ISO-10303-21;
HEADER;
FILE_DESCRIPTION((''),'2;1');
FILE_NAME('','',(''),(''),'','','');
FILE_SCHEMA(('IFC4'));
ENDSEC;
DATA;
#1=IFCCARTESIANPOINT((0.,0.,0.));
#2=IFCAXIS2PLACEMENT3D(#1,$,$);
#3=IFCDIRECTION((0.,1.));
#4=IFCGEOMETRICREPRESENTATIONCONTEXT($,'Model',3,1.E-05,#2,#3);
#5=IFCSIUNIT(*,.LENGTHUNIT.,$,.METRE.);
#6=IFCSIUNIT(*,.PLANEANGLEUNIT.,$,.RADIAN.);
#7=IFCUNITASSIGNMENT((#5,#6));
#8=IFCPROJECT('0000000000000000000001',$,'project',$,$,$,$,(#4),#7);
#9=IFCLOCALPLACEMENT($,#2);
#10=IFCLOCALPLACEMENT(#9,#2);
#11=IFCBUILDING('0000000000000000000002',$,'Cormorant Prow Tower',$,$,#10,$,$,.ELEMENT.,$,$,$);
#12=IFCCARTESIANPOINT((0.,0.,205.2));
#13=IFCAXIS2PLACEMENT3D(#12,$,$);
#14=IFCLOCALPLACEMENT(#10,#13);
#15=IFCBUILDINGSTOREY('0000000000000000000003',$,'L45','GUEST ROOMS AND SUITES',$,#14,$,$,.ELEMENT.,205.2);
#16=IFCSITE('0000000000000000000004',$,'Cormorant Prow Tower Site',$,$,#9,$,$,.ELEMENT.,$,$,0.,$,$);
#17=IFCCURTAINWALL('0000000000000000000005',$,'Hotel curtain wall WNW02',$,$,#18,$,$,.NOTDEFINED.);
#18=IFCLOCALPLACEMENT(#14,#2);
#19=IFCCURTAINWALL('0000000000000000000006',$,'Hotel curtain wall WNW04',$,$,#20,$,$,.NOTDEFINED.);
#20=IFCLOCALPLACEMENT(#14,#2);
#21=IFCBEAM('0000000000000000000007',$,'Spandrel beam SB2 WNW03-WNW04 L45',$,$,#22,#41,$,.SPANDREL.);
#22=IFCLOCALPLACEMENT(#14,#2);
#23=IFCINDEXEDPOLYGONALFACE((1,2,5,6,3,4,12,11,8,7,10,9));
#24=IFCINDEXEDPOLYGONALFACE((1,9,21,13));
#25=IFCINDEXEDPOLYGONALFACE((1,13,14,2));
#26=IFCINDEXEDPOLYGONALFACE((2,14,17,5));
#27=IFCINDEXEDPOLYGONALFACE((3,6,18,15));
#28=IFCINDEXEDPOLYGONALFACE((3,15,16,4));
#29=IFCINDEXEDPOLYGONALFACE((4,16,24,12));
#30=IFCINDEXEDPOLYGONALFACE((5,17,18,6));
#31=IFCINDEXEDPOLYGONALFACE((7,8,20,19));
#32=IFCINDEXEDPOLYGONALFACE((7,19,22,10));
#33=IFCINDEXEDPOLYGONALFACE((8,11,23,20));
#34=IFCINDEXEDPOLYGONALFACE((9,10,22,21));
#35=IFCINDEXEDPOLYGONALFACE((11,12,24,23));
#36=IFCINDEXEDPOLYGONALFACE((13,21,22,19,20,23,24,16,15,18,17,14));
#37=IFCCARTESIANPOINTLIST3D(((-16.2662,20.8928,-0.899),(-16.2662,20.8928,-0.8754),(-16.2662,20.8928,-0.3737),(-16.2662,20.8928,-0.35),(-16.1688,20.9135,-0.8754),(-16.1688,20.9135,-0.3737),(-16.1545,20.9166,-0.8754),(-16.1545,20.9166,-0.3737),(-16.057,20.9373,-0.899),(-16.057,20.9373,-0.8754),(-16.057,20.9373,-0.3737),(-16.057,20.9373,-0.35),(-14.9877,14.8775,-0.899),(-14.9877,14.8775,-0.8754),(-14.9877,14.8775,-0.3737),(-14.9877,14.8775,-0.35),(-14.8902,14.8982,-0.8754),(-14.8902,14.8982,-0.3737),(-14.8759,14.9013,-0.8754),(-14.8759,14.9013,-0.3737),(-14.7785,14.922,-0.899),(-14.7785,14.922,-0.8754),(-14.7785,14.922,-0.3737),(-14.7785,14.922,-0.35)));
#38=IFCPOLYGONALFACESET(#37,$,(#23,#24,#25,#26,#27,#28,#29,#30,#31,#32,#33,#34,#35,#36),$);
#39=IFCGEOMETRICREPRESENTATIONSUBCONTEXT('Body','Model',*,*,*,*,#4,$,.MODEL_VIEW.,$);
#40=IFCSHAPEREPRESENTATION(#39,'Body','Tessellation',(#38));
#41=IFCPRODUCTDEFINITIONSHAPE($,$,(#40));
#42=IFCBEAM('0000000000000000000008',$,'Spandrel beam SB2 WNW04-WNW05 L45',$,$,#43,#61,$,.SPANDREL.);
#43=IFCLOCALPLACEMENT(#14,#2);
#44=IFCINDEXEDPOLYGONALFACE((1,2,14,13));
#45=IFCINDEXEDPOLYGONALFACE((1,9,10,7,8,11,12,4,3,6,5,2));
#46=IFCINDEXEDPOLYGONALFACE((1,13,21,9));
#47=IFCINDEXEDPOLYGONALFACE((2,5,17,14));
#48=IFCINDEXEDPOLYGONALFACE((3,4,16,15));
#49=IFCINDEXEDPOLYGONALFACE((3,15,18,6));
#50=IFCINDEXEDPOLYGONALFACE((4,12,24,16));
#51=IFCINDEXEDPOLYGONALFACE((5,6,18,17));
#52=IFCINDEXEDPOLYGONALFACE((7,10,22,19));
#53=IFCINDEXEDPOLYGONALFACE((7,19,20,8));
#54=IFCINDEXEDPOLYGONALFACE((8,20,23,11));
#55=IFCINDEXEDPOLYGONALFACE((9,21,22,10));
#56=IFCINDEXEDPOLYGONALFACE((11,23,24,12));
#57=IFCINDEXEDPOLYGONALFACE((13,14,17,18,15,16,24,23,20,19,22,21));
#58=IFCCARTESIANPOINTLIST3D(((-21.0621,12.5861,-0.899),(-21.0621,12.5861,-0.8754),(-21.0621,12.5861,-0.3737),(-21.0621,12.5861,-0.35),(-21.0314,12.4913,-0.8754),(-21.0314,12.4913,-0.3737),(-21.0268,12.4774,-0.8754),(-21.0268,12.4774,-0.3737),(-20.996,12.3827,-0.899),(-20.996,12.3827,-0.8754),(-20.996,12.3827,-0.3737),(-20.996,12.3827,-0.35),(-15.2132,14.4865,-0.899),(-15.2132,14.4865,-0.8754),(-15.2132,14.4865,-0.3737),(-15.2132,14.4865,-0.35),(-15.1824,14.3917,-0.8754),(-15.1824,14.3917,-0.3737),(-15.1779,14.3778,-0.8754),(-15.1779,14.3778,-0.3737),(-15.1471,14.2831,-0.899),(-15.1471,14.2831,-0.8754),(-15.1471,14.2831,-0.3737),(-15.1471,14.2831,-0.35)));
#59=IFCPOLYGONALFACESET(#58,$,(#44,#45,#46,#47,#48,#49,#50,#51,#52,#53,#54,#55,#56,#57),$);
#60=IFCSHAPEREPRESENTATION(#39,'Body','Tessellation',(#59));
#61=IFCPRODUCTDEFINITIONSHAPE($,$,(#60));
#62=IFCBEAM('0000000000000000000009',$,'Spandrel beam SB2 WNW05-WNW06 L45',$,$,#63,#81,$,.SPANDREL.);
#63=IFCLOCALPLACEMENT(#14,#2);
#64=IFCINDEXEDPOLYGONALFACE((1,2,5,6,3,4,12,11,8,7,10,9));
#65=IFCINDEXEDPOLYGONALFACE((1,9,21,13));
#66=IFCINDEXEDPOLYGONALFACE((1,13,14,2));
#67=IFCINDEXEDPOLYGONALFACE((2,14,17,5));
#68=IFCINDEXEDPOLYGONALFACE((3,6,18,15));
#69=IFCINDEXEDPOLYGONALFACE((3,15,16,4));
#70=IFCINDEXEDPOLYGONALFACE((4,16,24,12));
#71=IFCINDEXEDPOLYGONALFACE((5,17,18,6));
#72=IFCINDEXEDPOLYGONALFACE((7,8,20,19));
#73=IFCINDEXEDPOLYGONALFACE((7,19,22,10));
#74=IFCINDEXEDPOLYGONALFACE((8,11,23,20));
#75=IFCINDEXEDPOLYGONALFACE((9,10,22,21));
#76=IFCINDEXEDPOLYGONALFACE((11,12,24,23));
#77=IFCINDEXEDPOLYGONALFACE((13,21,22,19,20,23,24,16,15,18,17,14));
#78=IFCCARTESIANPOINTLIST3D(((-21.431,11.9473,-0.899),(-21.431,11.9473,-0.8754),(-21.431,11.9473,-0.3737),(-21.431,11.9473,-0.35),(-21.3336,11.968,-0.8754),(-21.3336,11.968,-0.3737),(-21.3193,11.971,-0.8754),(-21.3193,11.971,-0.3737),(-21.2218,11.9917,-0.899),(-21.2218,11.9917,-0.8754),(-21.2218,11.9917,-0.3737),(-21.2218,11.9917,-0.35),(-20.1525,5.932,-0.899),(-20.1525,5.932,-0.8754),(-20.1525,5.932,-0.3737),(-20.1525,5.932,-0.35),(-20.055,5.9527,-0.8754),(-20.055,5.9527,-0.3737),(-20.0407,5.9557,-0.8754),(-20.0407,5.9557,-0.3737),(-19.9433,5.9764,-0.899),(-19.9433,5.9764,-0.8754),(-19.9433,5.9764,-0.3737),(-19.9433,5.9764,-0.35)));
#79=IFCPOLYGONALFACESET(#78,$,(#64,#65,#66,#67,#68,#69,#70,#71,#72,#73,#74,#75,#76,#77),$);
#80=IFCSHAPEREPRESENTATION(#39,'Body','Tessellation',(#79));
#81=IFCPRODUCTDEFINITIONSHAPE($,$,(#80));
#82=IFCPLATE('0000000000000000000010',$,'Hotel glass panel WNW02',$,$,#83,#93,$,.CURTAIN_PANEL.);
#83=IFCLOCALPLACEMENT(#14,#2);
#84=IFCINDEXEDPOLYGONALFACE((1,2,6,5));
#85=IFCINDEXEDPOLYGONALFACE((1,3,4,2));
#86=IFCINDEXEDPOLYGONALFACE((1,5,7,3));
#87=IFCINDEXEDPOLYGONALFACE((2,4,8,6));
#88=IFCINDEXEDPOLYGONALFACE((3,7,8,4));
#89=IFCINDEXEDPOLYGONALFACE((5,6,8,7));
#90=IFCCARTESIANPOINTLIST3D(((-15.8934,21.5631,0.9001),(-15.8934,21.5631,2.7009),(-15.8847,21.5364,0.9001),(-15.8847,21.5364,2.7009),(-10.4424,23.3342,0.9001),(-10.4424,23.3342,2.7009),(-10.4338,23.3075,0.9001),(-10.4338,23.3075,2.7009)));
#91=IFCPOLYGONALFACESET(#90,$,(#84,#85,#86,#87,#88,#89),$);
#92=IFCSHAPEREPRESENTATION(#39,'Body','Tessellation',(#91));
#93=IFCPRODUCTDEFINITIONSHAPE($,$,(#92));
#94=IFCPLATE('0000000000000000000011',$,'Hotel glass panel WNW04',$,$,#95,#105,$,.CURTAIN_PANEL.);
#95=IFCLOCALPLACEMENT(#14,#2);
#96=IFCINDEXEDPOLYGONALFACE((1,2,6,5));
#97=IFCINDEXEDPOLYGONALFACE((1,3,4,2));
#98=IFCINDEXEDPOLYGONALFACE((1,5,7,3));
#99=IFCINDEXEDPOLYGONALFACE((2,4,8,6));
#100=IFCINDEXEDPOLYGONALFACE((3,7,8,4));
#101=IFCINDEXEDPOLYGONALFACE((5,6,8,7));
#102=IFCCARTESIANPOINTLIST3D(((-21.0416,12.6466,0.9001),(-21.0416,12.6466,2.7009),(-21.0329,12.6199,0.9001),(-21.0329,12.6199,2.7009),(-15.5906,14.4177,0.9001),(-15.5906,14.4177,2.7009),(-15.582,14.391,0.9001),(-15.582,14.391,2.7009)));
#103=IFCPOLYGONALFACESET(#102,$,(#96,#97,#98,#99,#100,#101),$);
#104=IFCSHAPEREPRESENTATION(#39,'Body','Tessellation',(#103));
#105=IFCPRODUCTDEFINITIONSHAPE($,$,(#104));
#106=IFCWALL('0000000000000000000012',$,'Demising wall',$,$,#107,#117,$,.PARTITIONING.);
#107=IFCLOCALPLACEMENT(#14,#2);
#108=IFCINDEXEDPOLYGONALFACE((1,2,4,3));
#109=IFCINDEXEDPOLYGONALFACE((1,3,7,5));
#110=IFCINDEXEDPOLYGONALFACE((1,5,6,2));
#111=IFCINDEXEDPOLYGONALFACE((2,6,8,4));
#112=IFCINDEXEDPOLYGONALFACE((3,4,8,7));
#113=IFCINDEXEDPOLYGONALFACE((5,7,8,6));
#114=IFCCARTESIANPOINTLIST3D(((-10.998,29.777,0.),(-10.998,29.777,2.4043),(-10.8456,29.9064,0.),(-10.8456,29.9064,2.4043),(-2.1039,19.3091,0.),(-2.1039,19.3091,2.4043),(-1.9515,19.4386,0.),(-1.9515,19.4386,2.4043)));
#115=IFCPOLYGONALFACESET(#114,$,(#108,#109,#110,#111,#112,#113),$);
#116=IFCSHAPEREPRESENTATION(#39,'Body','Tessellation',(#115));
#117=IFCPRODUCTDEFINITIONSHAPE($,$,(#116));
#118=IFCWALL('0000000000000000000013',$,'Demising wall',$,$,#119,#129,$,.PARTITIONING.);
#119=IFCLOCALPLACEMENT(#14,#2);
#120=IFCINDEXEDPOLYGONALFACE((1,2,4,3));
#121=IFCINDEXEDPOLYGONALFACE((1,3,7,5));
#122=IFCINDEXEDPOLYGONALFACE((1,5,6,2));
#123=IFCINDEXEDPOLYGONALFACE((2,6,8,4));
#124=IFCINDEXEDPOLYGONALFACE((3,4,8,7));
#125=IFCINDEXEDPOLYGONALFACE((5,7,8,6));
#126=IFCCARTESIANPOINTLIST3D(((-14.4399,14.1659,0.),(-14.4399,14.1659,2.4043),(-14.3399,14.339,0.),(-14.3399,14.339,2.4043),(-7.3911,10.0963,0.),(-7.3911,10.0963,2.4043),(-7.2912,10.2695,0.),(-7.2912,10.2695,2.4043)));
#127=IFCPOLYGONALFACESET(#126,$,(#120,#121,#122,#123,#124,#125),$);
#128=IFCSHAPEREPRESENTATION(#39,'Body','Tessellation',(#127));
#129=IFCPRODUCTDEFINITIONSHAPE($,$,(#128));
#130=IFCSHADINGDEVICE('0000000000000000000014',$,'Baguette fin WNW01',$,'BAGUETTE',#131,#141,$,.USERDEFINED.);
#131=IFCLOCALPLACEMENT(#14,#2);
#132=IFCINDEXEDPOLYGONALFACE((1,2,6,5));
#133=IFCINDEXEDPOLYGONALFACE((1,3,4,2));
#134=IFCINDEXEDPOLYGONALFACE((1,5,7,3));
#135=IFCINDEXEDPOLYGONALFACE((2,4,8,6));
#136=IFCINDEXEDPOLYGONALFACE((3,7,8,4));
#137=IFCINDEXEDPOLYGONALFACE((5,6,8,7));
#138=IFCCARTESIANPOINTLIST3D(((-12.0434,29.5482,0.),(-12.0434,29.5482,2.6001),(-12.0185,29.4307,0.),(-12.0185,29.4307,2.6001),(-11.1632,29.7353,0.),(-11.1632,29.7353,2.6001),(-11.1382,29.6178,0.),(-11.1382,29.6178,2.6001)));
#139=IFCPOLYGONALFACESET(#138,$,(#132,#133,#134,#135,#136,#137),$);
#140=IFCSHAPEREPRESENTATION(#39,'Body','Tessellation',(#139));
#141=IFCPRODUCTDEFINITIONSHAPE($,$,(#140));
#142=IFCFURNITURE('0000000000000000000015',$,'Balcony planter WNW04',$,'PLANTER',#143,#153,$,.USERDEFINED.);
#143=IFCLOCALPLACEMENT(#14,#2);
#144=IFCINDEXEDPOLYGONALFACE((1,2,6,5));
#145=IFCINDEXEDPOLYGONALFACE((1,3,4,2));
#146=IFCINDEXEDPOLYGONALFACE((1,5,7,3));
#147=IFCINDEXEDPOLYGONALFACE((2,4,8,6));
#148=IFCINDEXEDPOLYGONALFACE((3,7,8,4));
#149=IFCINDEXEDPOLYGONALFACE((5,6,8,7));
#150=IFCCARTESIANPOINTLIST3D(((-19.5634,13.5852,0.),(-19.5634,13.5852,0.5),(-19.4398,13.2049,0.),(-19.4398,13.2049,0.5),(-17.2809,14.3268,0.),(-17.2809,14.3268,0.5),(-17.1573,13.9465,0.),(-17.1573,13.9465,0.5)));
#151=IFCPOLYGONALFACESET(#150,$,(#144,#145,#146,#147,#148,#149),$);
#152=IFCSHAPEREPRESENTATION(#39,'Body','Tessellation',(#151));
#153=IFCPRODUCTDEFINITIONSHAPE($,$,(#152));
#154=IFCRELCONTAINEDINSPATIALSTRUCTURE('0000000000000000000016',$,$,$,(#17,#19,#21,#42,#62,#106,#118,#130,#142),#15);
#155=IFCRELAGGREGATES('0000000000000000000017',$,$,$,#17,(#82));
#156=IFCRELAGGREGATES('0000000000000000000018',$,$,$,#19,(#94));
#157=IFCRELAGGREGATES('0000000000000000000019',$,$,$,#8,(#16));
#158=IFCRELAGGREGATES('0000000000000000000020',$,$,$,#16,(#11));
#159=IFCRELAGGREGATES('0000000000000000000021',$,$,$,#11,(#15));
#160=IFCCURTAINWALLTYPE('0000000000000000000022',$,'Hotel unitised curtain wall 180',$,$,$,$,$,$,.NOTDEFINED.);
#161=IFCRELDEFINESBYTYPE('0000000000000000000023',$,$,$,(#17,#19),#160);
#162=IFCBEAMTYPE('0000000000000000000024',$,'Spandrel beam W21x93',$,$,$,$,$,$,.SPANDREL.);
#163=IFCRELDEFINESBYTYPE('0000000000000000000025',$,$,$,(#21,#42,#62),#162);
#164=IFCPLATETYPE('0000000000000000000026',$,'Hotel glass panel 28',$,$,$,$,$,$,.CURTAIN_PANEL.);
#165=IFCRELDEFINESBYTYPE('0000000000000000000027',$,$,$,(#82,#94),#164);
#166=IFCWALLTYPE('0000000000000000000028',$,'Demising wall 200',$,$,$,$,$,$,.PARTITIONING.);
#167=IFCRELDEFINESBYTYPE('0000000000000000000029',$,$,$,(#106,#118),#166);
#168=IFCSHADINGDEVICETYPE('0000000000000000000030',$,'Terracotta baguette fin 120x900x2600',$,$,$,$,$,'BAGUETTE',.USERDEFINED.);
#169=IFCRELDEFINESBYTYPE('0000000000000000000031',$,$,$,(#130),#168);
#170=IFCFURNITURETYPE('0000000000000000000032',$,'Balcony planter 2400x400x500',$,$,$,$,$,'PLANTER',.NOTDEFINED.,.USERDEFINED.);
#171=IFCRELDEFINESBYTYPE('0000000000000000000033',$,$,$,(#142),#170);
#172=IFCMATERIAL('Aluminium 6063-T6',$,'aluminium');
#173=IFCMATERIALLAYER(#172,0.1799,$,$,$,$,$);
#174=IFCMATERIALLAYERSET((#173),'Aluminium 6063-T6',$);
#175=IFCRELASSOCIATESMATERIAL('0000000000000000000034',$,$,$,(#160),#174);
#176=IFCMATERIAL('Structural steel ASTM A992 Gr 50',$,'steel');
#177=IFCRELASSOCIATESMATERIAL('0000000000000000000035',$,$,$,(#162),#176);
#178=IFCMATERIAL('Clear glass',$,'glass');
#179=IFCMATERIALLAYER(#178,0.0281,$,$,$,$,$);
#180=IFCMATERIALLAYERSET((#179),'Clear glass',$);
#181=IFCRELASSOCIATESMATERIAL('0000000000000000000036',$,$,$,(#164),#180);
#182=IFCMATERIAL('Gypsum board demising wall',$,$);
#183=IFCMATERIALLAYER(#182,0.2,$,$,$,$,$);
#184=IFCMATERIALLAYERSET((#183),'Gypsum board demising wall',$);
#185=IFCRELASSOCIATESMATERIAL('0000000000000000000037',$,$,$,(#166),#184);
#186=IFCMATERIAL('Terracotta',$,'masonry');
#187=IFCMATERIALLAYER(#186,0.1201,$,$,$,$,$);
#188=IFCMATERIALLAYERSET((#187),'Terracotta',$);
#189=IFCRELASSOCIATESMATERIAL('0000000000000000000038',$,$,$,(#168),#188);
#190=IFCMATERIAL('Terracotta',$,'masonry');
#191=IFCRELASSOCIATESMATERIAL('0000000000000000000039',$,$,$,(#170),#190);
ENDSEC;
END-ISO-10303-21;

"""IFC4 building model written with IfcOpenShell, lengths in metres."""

from ifc_helpers import new_model, si_unit, direction, frame, frame_2d, origin, origin_2d, place, context, subcontext, project, spatial, rectangle, i_section, extrude, material, layer, layer_set, material_profile, profile_set, type_object, element, aggregate, save


model = new_model("IFC4")

# Units and contexts
model_context = context("Model", 3, precision=1e-05, world=origin(), true_north=direction((0.0, 1.0)))
body_context = subcontext(model_context, "Body", "Model", "MODEL_VIEW")
ifc_project = project(units=[si_unit("LENGTHUNIT", "METRE"), si_unit("PLANEANGLEUNIT", "RADIAN")], contexts=[model_context])

# Site, building, storey
site_placement = place(None, origin())
site = spatial("IfcSite", under=ifc_project, at=site_placement, Name="Cormorant Prow Tower Site", CompositionType="ELEMENT", RefElevation=0.0)
building_placement = place(site_placement, origin())
building = spatial("IfcBuilding", under=site, at=building_placement, Name="Cormorant Prow Tower", CompositionType="ELEMENT")
storey_placement = place(building_placement, frame((0.0, 0.0, 205.2)))
storey = spatial("IfcBuildingStorey", under=building, at=storey_placement, Name="L45", Description="GUEST ROOMS AND SUITES", CompositionType="ELEMENT", Elevation=205.2)

# Curtain walls
ifc_material_1 = material(Name="Aluminium 6063-T6", Category="aluminium")
ifc_layer_1 = layer(ifc_material_1, 0.1799)
ifc_layer_set_1 = layer_set([ifc_layer_1], Name="Aluminium 6063-T6")
curtain_wall_type = type_object("IfcCurtainWallType", Name="Hotel unitised curtain wall 180", PredefinedType="NOTDEFINED", material=ifc_layer_set_1)
curtain_wall_1_placement = place(storey_placement, origin())
curtain_wall_1 = element("IfcCurtainWall", 1, at=curtain_wall_1_placement, inside=storey, type_object=curtain_wall_type, Name="Hotel curtain wall WNW02", PredefinedType="NOTDEFINED")
curtain_wall_2_placement = place(storey_placement, origin())
curtain_wall_2 = element("IfcCurtainWall", 2, at=curtain_wall_2_placement, inside=storey, type_object=curtain_wall_type, Name="Hotel curtain wall WNW04", PredefinedType="NOTDEFINED")

# Beams
ifc_material_2 = material(Name="Structural steel ASTM A992 Gr 50", Category="steel")
ifc_material_profile_1 = material_profile(ifc_material_2, i_section(OverallWidth=0.2139, OverallDepth=0.5491, WebThickness=0.0146, FlangeThickness=0.0237, at=origin_2d()), Name="W21x93")
ifc_profile_set_1 = profile_set([ifc_material_profile_1], Name="Structural steel ASTM A992 Gr 50")
beam_type = type_object("IfcBeamType", Name="Spandrel beam W21x93", PredefinedType="SPANDREL", material=ifc_profile_set_1)
beam_1_placement = place(storey_placement, frame((-16.1616, 20.915, -0.6245), z_axis=(0.207905, -0.978149, 0.0), x_axis=(0.978149, 0.207905, 0.0)))
element("IfcBeam", 3, at=beam_1_placement, inside=storey, type_object=beam_type, Name="Spandrel beam SB2 WNW03-WNW04 L45", PredefinedType="SPANDREL", context=body_context, shape_type="SweptSolid", body=[
    extrude(i_section(OverallWidth=0.2139, OverallDepth=0.5491, WebThickness=0.0146, FlangeThickness=0.0237, at=origin_2d()), origin(), (0.0, 0.0, 1.0), 6.1497),
])
beam_2_placement = place(storey_placement, frame((-15.1802, 14.3848, -0.6245), z_axis=(-0.951058, -0.309013, 0.0), x_axis=(0.309013, -0.951058, 0.0)))
element("IfcBeam", 4, at=beam_2_placement, inside=storey, type_object=beam_type, Name="Spandrel beam SB2 WNW04-WNW05 L45", PredefinedType="SPANDREL", context=body_context, shape_type="SweptSolid", body=[
    extrude(i_section(OverallWidth=0.2139, OverallDepth=0.5491, WebThickness=0.0146, FlangeThickness=0.0237, at=origin_2d()), origin(), (0.0, 0.0, 1.0), 6.1499),
])
beam_3_placement = place(storey_placement, frame((-21.3264, 11.9695, -0.6245), z_axis=(0.207905, -0.978149, 0.0), x_axis=(0.978149, 0.207905, 0.0)))
element("IfcBeam", 5, at=beam_3_placement, inside=storey, type_object=beam_type, Name="Spandrel beam SB2 WNW05-WNW06 L45", PredefinedType="SPANDREL", context=body_context, shape_type="SweptSolid", body=[
    extrude(i_section(OverallWidth=0.2139, OverallDepth=0.5491, WebThickness=0.0146, FlangeThickness=0.0237, at=origin_2d()), origin(), (0.0, 0.0, 1.0), 6.1497),
])

# Plates
ifc_material_3 = material(Name="Clear glass", Category="glass")
ifc_layer_2 = layer(ifc_material_3, 0.0281)
ifc_layer_set_2 = layer_set([ifc_layer_2], Name="Clear glass")
plate_type = type_object("IfcPlateType", Name="Hotel glass panel 28", PredefinedType="CURTAIN_PANEL", material=ifc_layer_set_2)
plate_1_placement = place(storey_placement, frame((-13.1636, 22.4353, 0.9001), z_axis=(0.0, 0.0, 1.0), x_axis=(-0.951056, -0.309017, 0.0)))
plate_1 = element("IfcPlate", 6, at=plate_1_placement, type_object=plate_type, Name="Hotel glass panel WNW02", PredefinedType="CURTAIN_PANEL", context=body_context, shape_type="SweptSolid", body=[
    extrude(rectangle(XDim=5.7314, YDim=0.0281, at=origin_2d()), origin(), (0.0, 0.0, 1.0), 1.8008),
])
aggregate(curtain_wall_1, [plate_1])
plate_2_placement = place(storey_placement, frame((-18.3118, 13.5188, 0.9001), z_axis=(0.0, 0.0, 1.0), x_axis=(-0.951057, -0.309017, 0.0)))
plate_2 = element("IfcPlate", 7, at=plate_2_placement, type_object=plate_type, Name="Hotel glass panel WNW04", PredefinedType="CURTAIN_PANEL", context=body_context, shape_type="SweptSolid", body=[
    extrude(rectangle(XDim=5.7314, YDim=0.0281, at=origin_2d()), origin(), (0.0, 0.0, 1.0), 1.8008),
])
aggregate(curtain_wall_2, [plate_2])

# Walls
ifc_material_4 = material(Name="Gypsum board demising wall")
ifc_layer_3 = layer(ifc_material_4, 0.2)
ifc_layer_set_3 = layer_set([ifc_layer_3], Name="Gypsum board demising wall")
wall_type_1 = type_object("IfcWallType", Name="Demising wall 200", PredefinedType="PARTITIONING", material=ifc_layer_set_3)
wall_1_placement = place(storey_placement, frame((-10.9219, 29.8418, 0.0), z_axis=(0.0, 0.0, 1.0), x_axis=(0.647498, -0.762067, 0.0)))
element("IfcWall", 8, at=wall_1_placement, inside=storey, type_object=wall_type_1, Name="Demising wall", PredefinedType="PARTITIONING", context=body_context, shape_type="SweptSolid", body=[
    extrude(rectangle(XDim=13.7361, YDim=0.2, at=frame_2d((6.8682, 0.0))), origin(), (0.0, 0.0, 1.0), 2.4043),
])
wall_2_placement = place(storey_placement, frame((-14.3899, 14.2524, 0.0), z_axis=(0.0, 0.0, 1.0), x_axis=(0.866029, -0.499994, 0.0)))
element("IfcWall", 9, at=wall_2_placement, inside=storey, type_object=wall_type_1, Name="Demising wall", PredefinedType="PARTITIONING", context=body_context, shape_type="SweptSolid", body=[
    extrude(rectangle(XDim=8.1392, YDim=0.2, at=frame_2d((4.0696, 0.0))), origin(), (0.0, 0.0, 1.0), 2.4043),
])

# Shading device
ifc_material_5 = material(Name="Terracotta", Category="masonry")
ifc_layer_4 = layer(ifc_material_5, 0.1201)
ifc_layer_set_4 = layer_set([ifc_layer_4], Name="Terracotta")
shading_device_type = type_object("IfcShadingDeviceType", Name="Terracotta baguette fin 120x900x2600", ElementType="BAGUETTE", PredefinedType="USERDEFINED", material=ifc_layer_set_4)
shading_device_placement = place(storey_placement, frame((-11.5908, 29.583, 0.0), z_axis=(0.0, 0.0, 1.0), x_axis=(0.207912, -0.978148, 0.0)))
element("IfcShadingDevice", 10, at=shading_device_placement, inside=storey, type_object=shading_device_type, Name="Baguette fin WNW01", ObjectType="BAGUETTE", PredefinedType="USERDEFINED", context=body_context, shape_type="SweptSolid", body=[
    extrude(rectangle(XDim=0.1201, YDim=0.8999, at=origin_2d()), origin(), (0.0, 0.0, 1.0), 2.6001),
])

# Furniture
ifc_material_6 = material(Name="Terracotta", Category="masonry")
furniture_type = type_object("IfcFurnitureType", Name="Balcony planter 2400x400x500", ElementType="PLANTER", AssemblyPlace="NOTDEFINED", PredefinedType="USERDEFINED", material=ifc_material_6)
furniture_placement = place(storey_placement, frame((-18.3604, 13.7659, 0.0), z_axis=(0.0, 0.0, 1.0), x_axis=(-0.951057, -0.309017, 0.0)))
element("IfcFurniture", 11, at=furniture_placement, inside=storey, type_object=furniture_type, Name="Balcony planter WNW04", ObjectType="PLANTER", PredefinedType="USERDEFINED", context=body_context, shape_type="SweptSolid", body=[
    extrude(rectangle(XDim=2.3999, YDim=0.3999, at=origin_2d()), origin(), (0.0, 0.0, 1.0), 0.5),
])

save(model, "model.ifc")
